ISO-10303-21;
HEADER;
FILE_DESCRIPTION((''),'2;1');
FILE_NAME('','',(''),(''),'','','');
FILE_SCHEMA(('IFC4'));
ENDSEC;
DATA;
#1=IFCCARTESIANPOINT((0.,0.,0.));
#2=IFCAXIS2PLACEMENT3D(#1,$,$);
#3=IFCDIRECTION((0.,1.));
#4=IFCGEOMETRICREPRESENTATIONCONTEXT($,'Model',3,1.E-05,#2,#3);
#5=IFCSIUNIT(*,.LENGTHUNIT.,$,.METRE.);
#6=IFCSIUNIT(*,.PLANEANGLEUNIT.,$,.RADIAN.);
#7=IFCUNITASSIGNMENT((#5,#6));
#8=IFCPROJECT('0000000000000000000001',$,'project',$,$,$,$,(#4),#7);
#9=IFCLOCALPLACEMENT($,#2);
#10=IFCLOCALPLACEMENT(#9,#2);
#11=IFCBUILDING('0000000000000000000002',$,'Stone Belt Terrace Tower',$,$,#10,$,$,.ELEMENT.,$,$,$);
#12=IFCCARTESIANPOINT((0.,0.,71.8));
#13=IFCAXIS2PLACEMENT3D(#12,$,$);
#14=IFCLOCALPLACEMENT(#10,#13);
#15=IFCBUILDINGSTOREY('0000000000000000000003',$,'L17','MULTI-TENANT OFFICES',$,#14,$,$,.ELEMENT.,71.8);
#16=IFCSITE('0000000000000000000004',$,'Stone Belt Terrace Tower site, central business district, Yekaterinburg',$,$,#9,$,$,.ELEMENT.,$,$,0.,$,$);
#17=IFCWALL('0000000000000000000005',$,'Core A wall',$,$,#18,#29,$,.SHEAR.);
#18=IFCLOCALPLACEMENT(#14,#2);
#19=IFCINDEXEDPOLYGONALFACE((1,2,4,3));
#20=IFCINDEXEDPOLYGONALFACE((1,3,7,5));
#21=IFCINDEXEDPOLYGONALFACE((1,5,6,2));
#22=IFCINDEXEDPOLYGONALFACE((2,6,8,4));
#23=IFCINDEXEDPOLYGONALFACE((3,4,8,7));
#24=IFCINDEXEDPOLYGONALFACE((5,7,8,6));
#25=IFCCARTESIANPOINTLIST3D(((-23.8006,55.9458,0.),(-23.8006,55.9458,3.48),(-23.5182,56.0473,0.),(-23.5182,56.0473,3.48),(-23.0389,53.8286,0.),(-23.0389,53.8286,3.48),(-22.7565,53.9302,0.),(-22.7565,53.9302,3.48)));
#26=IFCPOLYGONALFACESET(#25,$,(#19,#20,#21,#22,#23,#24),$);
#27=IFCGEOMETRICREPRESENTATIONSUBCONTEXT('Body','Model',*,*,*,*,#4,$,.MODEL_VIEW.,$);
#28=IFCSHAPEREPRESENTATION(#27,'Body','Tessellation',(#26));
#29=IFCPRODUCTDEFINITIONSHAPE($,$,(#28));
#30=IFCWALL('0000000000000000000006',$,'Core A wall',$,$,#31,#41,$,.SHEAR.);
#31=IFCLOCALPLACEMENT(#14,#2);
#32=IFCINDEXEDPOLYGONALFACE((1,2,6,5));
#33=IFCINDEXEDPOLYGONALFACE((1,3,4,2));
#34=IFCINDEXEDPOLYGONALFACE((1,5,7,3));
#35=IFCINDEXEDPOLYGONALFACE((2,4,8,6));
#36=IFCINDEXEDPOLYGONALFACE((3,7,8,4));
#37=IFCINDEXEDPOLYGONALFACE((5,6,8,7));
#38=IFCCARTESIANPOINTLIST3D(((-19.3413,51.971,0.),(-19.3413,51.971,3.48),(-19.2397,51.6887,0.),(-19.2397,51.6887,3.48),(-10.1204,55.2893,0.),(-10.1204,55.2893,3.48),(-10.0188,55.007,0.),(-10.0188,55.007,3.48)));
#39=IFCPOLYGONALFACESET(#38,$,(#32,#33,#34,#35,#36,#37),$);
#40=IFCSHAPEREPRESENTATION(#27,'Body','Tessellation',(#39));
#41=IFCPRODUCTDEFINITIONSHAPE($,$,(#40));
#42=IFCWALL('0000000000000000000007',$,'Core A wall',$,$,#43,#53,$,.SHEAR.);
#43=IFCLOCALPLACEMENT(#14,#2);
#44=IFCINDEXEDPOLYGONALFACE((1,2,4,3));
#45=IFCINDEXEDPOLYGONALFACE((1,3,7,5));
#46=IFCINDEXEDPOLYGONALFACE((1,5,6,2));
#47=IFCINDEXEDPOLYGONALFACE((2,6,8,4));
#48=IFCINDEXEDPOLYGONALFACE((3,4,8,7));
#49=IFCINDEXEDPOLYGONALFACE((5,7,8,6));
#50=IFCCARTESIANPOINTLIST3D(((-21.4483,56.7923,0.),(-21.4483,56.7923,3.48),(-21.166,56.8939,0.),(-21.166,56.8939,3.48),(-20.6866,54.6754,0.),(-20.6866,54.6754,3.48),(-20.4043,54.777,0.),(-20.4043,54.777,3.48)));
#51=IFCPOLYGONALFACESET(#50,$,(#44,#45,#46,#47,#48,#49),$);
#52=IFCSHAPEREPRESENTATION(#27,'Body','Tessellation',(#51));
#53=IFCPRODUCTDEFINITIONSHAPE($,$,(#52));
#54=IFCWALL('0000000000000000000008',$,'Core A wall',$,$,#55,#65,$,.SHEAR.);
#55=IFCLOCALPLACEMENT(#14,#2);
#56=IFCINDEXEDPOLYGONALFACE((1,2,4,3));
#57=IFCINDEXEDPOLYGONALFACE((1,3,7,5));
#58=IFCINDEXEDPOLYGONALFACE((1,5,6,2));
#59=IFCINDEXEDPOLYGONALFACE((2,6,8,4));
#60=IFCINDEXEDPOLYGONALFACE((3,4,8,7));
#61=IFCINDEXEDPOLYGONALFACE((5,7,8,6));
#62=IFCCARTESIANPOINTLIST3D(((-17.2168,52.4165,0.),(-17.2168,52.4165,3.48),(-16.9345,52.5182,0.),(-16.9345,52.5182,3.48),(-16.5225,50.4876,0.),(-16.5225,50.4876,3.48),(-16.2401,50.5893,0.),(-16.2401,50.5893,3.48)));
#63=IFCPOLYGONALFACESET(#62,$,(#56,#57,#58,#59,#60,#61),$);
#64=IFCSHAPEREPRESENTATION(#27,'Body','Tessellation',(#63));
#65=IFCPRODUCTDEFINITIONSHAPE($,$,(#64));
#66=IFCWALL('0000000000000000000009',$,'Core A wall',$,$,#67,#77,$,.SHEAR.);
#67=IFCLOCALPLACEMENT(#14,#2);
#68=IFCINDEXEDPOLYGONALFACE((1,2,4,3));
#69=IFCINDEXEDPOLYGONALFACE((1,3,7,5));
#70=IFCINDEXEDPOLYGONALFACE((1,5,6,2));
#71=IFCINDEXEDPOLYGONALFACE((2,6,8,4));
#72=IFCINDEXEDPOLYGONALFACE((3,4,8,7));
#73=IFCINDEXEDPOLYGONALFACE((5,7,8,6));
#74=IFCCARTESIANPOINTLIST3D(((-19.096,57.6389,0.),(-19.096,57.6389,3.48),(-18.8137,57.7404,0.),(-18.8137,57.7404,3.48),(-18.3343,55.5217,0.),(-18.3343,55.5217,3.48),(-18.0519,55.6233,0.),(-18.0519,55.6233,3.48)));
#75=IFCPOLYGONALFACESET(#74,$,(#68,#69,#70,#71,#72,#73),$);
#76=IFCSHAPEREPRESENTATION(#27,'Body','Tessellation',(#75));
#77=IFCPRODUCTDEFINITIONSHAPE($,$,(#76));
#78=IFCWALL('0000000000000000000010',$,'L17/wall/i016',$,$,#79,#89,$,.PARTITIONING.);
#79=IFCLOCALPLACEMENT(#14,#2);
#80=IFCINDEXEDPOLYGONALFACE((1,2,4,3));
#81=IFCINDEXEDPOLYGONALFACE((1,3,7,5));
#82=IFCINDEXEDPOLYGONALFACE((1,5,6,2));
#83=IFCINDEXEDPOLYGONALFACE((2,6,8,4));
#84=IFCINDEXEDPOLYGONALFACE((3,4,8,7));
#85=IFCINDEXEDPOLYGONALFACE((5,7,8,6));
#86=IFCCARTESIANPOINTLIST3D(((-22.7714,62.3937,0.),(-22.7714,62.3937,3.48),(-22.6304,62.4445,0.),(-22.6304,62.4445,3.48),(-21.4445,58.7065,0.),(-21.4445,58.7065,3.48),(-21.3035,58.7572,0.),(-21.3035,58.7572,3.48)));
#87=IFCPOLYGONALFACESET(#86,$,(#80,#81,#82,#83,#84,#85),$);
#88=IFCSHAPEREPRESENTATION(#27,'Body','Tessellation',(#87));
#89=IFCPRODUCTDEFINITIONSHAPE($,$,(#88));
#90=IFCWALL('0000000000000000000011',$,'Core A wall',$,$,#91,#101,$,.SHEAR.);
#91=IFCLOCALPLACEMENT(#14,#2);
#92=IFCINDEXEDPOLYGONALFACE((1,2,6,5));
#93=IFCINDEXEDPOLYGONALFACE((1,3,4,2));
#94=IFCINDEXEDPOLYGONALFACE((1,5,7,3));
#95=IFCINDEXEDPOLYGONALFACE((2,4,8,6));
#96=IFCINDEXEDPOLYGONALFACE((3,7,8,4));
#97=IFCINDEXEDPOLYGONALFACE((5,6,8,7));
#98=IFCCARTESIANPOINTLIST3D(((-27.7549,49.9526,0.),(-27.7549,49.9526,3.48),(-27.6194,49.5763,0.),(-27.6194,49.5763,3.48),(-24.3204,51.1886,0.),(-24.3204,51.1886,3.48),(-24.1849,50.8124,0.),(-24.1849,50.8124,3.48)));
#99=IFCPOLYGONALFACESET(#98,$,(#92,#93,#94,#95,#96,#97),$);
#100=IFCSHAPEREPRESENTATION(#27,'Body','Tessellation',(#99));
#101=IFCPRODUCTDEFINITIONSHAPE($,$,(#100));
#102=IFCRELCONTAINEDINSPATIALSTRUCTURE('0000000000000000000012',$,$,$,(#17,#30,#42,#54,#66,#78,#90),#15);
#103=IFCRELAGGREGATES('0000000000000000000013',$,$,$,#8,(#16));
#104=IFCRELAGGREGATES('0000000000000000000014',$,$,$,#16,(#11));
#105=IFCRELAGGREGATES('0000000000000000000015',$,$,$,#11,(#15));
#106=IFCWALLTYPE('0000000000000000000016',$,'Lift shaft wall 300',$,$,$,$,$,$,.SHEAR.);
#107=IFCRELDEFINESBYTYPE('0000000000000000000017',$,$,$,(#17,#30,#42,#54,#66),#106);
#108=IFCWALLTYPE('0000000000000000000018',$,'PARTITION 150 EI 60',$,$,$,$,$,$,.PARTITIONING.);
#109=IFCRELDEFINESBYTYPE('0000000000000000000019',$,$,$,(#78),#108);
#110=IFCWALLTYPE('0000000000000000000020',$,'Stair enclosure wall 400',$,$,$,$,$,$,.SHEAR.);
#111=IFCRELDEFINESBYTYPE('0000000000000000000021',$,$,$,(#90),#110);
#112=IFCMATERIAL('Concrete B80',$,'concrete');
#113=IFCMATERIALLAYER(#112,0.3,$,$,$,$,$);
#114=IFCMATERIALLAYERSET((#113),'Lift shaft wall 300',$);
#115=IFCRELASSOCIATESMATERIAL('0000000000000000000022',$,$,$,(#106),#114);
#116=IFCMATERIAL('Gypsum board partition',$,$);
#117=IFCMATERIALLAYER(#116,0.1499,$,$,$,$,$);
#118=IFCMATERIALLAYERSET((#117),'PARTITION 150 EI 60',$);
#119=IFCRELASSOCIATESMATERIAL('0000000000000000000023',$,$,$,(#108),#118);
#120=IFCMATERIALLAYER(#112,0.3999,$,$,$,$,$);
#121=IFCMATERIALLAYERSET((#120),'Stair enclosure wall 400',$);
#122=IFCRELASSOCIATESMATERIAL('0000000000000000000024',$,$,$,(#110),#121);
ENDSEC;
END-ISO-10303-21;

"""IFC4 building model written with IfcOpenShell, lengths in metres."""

from ifc_helpers import new_model, si_unit, direction, frame, frame_2d, origin, place, context, subcontext, project, spatial, rectangle, extrude, material, layer, layer_set, type_object, element, save


model = new_model("IFC4")

# Units and contexts
model_context = context("Model", 3, precision=1e-05, world=origin(), true_north=direction((0.0, 1.0)))
body_context = subcontext(model_context, "Body", "Model", "MODEL_VIEW")
ifc_project = project(units=[si_unit("LENGTHUNIT", "METRE"), si_unit("PLANEANGLEUNIT", "RADIAN")], contexts=[model_context])

# Site, building, storey
site_placement = place(None, origin())
site = spatial("IfcSite", under=ifc_project, at=site_placement, Name="Stone Belt Terrace Tower site, central business district, Yekaterinburg", CompositionType="ELEMENT", RefElevation=0.0)
building_placement = place(site_placement, origin())
building = spatial("IfcBuilding", under=site, at=building_placement, Name="Stone Belt Terrace Tower", CompositionType="ELEMENT")
storey_placement = place(building_placement, frame((0.0, 0.0, 71.8)))
storey = spatial("IfcBuildingStorey", under=building, at=storey_placement, Name="L17", Description="MULTI-TENANT OFFICES", CompositionType="ELEMENT", Elevation=71.8)

# Shared definitions
ifc_material_1 = material(Name="Concrete B80", Category="concrete")

# Shared definitions
ifc_layer_1 = layer(ifc_material_1, 0.3)
ifc_layer_set_1 = layer_set([ifc_layer_1], Name="Lift shaft wall 300")
wall_type_1 = type_object("IfcWallType", Name="Lift shaft wall 300", PredefinedType="SHEAR", material=ifc_layer_set_1)

# Walls
wall_1_placement = place(storey_placement, frame((-22.8977, 53.8794, 0.0), z_axis=(0.0, 0.0, 1.0), x_axis=(-0.338535, 0.940954, 0.0)))
element("IfcWall", 1, at=wall_1_placement, inside=storey, type_object=wall_type_1, Name="Core A wall", PredefinedType="SHEAR", context=body_context, shape_type="SweptSolid", body=[
    extrude(rectangle(XDim=2.25, YDim=0.3, at=frame_2d((1.125, 0.0))), origin(), (0.0, 0.0, 1.0), 3.48),
])
wall_2_placement = place(storey_placement, frame((-19.2905, 51.8298, 0.0), z_axis=(0.0, 0.0, 1.0), x_axis=(0.940926, 0.338613, 0.0)))
element("IfcWall", 2, at=wall_2_placement, inside=storey, type_object=wall_type_1, Name="Core A wall", PredefinedType="SHEAR", context=body_context, shape_type="SweptSolid", body=[
    extrude(rectangle(XDim=9.7998, YDim=0.3, at=frame_2d((4.8999, 0.0))), origin(), (0.0, 0.0, 1.0), 3.48),
])
wall_3_placement = place(storey_placement, frame((-20.5454, 54.7261, 0.0), z_axis=(0.0, 0.0, 1.0), x_axis=(-0.33857, 0.940941, 0.0)))
element("IfcWall", 3, at=wall_3_placement, inside=storey, type_object=wall_type_1, Name="Core A wall", PredefinedType="SHEAR", context=body_context, shape_type="SweptSolid", body=[
    extrude(rectangle(XDim=2.2498, YDim=0.3, at=frame_2d((1.125, 0.0))), origin(), (0.0, 0.0, 1.0), 3.48),
])
wall_4_placement = place(storey_placement, frame((-16.3813, 50.5386, 0.0), z_axis=(0.0, 0.0, 1.0), x_axis=(-0.338682, 0.940901, 0.0)))
element("IfcWall", 4, at=wall_4_placement, inside=storey, type_object=wall_type_1, Name="Core A wall", PredefinedType="SHEAR", context=body_context, shape_type="SweptSolid", body=[
    extrude(rectangle(XDim=2.05, YDim=0.3, at=frame_2d((1.0249, 0.0))), origin(), (0.0, 0.0, 1.0), 3.48),
])
wall_5_placement = place(storey_placement, frame((-18.1931, 55.5725, 0.0), z_axis=(0.0, 0.0, 1.0), x_axis=(-0.338535, 0.940954, 0.0)))
element("IfcWall", 5, at=wall_5_placement, inside=storey, type_object=wall_type_1, Name="Core A wall", PredefinedType="SHEAR", context=body_context, shape_type="SweptSolid", body=[
    extrude(rectangle(XDim=2.25, YDim=0.3, at=frame_2d((1.125, 0.0))), origin(), (0.0, 0.0, 1.0), 3.48),
])
ifc_material_2 = material(Name="Gypsum board partition")
ifc_layer_2 = layer(ifc_material_2, 0.1499)
ifc_layer_set_2 = layer_set([ifc_layer_2], Name="PARTITION 150 EI 60")
wall_type_2 = type_object("IfcWallType", Name="PARTITION 150 EI 60", PredefinedType="PARTITIONING", material=ifc_layer_set_2)
wall_6_placement = place(storey_placement, frame((-22.7009, 62.4192, 0.0), z_axis=(0.0, 0.0, 1.0), x_axis=(0.338605, -0.940929, 0.0)))
element("IfcWall", 6, at=wall_6_placement, inside=storey, type_object=wall_type_2, Name="L17/wall/i016", PredefinedType="PARTITIONING", context=body_context, shape_type="SweptSolid", body=[
    extrude(rectangle(XDim=3.9187, YDim=0.1499, at=frame_2d((1.9595, 0.0))), origin(), (0.0, 0.0, 1.0), 3.48),
])
ifc_layer_3 = layer(ifc_material_1, 0.3999)
ifc_layer_set_3 = layer_set([ifc_layer_3], Name="Stair enclosure wall 400")
wall_type_3 = type_object("IfcWallType", Name="Stair enclosure wall 400", PredefinedType="SHEAR", material=ifc_layer_set_3)
wall_7_placement = place(storey_placement, frame((-27.6873, 49.7644, 0.0), z_axis=(0.0, 0.0, 1.0), x_axis=(0.940919, 0.338632, 0.0)))
element("IfcWall", 7, at=wall_7_placement, inside=storey, type_object=wall_type_3, Name="Core A wall", PredefinedType="SHEAR", context=body_context, shape_type="SweptSolid", body=[
    extrude(rectangle(XDim=3.6501, YDim=0.3999, at=frame_2d((1.8252, 0.0))), origin(), (0.0, 0.0, 1.0), 3.48),
])

save(model, "model.ifc")
